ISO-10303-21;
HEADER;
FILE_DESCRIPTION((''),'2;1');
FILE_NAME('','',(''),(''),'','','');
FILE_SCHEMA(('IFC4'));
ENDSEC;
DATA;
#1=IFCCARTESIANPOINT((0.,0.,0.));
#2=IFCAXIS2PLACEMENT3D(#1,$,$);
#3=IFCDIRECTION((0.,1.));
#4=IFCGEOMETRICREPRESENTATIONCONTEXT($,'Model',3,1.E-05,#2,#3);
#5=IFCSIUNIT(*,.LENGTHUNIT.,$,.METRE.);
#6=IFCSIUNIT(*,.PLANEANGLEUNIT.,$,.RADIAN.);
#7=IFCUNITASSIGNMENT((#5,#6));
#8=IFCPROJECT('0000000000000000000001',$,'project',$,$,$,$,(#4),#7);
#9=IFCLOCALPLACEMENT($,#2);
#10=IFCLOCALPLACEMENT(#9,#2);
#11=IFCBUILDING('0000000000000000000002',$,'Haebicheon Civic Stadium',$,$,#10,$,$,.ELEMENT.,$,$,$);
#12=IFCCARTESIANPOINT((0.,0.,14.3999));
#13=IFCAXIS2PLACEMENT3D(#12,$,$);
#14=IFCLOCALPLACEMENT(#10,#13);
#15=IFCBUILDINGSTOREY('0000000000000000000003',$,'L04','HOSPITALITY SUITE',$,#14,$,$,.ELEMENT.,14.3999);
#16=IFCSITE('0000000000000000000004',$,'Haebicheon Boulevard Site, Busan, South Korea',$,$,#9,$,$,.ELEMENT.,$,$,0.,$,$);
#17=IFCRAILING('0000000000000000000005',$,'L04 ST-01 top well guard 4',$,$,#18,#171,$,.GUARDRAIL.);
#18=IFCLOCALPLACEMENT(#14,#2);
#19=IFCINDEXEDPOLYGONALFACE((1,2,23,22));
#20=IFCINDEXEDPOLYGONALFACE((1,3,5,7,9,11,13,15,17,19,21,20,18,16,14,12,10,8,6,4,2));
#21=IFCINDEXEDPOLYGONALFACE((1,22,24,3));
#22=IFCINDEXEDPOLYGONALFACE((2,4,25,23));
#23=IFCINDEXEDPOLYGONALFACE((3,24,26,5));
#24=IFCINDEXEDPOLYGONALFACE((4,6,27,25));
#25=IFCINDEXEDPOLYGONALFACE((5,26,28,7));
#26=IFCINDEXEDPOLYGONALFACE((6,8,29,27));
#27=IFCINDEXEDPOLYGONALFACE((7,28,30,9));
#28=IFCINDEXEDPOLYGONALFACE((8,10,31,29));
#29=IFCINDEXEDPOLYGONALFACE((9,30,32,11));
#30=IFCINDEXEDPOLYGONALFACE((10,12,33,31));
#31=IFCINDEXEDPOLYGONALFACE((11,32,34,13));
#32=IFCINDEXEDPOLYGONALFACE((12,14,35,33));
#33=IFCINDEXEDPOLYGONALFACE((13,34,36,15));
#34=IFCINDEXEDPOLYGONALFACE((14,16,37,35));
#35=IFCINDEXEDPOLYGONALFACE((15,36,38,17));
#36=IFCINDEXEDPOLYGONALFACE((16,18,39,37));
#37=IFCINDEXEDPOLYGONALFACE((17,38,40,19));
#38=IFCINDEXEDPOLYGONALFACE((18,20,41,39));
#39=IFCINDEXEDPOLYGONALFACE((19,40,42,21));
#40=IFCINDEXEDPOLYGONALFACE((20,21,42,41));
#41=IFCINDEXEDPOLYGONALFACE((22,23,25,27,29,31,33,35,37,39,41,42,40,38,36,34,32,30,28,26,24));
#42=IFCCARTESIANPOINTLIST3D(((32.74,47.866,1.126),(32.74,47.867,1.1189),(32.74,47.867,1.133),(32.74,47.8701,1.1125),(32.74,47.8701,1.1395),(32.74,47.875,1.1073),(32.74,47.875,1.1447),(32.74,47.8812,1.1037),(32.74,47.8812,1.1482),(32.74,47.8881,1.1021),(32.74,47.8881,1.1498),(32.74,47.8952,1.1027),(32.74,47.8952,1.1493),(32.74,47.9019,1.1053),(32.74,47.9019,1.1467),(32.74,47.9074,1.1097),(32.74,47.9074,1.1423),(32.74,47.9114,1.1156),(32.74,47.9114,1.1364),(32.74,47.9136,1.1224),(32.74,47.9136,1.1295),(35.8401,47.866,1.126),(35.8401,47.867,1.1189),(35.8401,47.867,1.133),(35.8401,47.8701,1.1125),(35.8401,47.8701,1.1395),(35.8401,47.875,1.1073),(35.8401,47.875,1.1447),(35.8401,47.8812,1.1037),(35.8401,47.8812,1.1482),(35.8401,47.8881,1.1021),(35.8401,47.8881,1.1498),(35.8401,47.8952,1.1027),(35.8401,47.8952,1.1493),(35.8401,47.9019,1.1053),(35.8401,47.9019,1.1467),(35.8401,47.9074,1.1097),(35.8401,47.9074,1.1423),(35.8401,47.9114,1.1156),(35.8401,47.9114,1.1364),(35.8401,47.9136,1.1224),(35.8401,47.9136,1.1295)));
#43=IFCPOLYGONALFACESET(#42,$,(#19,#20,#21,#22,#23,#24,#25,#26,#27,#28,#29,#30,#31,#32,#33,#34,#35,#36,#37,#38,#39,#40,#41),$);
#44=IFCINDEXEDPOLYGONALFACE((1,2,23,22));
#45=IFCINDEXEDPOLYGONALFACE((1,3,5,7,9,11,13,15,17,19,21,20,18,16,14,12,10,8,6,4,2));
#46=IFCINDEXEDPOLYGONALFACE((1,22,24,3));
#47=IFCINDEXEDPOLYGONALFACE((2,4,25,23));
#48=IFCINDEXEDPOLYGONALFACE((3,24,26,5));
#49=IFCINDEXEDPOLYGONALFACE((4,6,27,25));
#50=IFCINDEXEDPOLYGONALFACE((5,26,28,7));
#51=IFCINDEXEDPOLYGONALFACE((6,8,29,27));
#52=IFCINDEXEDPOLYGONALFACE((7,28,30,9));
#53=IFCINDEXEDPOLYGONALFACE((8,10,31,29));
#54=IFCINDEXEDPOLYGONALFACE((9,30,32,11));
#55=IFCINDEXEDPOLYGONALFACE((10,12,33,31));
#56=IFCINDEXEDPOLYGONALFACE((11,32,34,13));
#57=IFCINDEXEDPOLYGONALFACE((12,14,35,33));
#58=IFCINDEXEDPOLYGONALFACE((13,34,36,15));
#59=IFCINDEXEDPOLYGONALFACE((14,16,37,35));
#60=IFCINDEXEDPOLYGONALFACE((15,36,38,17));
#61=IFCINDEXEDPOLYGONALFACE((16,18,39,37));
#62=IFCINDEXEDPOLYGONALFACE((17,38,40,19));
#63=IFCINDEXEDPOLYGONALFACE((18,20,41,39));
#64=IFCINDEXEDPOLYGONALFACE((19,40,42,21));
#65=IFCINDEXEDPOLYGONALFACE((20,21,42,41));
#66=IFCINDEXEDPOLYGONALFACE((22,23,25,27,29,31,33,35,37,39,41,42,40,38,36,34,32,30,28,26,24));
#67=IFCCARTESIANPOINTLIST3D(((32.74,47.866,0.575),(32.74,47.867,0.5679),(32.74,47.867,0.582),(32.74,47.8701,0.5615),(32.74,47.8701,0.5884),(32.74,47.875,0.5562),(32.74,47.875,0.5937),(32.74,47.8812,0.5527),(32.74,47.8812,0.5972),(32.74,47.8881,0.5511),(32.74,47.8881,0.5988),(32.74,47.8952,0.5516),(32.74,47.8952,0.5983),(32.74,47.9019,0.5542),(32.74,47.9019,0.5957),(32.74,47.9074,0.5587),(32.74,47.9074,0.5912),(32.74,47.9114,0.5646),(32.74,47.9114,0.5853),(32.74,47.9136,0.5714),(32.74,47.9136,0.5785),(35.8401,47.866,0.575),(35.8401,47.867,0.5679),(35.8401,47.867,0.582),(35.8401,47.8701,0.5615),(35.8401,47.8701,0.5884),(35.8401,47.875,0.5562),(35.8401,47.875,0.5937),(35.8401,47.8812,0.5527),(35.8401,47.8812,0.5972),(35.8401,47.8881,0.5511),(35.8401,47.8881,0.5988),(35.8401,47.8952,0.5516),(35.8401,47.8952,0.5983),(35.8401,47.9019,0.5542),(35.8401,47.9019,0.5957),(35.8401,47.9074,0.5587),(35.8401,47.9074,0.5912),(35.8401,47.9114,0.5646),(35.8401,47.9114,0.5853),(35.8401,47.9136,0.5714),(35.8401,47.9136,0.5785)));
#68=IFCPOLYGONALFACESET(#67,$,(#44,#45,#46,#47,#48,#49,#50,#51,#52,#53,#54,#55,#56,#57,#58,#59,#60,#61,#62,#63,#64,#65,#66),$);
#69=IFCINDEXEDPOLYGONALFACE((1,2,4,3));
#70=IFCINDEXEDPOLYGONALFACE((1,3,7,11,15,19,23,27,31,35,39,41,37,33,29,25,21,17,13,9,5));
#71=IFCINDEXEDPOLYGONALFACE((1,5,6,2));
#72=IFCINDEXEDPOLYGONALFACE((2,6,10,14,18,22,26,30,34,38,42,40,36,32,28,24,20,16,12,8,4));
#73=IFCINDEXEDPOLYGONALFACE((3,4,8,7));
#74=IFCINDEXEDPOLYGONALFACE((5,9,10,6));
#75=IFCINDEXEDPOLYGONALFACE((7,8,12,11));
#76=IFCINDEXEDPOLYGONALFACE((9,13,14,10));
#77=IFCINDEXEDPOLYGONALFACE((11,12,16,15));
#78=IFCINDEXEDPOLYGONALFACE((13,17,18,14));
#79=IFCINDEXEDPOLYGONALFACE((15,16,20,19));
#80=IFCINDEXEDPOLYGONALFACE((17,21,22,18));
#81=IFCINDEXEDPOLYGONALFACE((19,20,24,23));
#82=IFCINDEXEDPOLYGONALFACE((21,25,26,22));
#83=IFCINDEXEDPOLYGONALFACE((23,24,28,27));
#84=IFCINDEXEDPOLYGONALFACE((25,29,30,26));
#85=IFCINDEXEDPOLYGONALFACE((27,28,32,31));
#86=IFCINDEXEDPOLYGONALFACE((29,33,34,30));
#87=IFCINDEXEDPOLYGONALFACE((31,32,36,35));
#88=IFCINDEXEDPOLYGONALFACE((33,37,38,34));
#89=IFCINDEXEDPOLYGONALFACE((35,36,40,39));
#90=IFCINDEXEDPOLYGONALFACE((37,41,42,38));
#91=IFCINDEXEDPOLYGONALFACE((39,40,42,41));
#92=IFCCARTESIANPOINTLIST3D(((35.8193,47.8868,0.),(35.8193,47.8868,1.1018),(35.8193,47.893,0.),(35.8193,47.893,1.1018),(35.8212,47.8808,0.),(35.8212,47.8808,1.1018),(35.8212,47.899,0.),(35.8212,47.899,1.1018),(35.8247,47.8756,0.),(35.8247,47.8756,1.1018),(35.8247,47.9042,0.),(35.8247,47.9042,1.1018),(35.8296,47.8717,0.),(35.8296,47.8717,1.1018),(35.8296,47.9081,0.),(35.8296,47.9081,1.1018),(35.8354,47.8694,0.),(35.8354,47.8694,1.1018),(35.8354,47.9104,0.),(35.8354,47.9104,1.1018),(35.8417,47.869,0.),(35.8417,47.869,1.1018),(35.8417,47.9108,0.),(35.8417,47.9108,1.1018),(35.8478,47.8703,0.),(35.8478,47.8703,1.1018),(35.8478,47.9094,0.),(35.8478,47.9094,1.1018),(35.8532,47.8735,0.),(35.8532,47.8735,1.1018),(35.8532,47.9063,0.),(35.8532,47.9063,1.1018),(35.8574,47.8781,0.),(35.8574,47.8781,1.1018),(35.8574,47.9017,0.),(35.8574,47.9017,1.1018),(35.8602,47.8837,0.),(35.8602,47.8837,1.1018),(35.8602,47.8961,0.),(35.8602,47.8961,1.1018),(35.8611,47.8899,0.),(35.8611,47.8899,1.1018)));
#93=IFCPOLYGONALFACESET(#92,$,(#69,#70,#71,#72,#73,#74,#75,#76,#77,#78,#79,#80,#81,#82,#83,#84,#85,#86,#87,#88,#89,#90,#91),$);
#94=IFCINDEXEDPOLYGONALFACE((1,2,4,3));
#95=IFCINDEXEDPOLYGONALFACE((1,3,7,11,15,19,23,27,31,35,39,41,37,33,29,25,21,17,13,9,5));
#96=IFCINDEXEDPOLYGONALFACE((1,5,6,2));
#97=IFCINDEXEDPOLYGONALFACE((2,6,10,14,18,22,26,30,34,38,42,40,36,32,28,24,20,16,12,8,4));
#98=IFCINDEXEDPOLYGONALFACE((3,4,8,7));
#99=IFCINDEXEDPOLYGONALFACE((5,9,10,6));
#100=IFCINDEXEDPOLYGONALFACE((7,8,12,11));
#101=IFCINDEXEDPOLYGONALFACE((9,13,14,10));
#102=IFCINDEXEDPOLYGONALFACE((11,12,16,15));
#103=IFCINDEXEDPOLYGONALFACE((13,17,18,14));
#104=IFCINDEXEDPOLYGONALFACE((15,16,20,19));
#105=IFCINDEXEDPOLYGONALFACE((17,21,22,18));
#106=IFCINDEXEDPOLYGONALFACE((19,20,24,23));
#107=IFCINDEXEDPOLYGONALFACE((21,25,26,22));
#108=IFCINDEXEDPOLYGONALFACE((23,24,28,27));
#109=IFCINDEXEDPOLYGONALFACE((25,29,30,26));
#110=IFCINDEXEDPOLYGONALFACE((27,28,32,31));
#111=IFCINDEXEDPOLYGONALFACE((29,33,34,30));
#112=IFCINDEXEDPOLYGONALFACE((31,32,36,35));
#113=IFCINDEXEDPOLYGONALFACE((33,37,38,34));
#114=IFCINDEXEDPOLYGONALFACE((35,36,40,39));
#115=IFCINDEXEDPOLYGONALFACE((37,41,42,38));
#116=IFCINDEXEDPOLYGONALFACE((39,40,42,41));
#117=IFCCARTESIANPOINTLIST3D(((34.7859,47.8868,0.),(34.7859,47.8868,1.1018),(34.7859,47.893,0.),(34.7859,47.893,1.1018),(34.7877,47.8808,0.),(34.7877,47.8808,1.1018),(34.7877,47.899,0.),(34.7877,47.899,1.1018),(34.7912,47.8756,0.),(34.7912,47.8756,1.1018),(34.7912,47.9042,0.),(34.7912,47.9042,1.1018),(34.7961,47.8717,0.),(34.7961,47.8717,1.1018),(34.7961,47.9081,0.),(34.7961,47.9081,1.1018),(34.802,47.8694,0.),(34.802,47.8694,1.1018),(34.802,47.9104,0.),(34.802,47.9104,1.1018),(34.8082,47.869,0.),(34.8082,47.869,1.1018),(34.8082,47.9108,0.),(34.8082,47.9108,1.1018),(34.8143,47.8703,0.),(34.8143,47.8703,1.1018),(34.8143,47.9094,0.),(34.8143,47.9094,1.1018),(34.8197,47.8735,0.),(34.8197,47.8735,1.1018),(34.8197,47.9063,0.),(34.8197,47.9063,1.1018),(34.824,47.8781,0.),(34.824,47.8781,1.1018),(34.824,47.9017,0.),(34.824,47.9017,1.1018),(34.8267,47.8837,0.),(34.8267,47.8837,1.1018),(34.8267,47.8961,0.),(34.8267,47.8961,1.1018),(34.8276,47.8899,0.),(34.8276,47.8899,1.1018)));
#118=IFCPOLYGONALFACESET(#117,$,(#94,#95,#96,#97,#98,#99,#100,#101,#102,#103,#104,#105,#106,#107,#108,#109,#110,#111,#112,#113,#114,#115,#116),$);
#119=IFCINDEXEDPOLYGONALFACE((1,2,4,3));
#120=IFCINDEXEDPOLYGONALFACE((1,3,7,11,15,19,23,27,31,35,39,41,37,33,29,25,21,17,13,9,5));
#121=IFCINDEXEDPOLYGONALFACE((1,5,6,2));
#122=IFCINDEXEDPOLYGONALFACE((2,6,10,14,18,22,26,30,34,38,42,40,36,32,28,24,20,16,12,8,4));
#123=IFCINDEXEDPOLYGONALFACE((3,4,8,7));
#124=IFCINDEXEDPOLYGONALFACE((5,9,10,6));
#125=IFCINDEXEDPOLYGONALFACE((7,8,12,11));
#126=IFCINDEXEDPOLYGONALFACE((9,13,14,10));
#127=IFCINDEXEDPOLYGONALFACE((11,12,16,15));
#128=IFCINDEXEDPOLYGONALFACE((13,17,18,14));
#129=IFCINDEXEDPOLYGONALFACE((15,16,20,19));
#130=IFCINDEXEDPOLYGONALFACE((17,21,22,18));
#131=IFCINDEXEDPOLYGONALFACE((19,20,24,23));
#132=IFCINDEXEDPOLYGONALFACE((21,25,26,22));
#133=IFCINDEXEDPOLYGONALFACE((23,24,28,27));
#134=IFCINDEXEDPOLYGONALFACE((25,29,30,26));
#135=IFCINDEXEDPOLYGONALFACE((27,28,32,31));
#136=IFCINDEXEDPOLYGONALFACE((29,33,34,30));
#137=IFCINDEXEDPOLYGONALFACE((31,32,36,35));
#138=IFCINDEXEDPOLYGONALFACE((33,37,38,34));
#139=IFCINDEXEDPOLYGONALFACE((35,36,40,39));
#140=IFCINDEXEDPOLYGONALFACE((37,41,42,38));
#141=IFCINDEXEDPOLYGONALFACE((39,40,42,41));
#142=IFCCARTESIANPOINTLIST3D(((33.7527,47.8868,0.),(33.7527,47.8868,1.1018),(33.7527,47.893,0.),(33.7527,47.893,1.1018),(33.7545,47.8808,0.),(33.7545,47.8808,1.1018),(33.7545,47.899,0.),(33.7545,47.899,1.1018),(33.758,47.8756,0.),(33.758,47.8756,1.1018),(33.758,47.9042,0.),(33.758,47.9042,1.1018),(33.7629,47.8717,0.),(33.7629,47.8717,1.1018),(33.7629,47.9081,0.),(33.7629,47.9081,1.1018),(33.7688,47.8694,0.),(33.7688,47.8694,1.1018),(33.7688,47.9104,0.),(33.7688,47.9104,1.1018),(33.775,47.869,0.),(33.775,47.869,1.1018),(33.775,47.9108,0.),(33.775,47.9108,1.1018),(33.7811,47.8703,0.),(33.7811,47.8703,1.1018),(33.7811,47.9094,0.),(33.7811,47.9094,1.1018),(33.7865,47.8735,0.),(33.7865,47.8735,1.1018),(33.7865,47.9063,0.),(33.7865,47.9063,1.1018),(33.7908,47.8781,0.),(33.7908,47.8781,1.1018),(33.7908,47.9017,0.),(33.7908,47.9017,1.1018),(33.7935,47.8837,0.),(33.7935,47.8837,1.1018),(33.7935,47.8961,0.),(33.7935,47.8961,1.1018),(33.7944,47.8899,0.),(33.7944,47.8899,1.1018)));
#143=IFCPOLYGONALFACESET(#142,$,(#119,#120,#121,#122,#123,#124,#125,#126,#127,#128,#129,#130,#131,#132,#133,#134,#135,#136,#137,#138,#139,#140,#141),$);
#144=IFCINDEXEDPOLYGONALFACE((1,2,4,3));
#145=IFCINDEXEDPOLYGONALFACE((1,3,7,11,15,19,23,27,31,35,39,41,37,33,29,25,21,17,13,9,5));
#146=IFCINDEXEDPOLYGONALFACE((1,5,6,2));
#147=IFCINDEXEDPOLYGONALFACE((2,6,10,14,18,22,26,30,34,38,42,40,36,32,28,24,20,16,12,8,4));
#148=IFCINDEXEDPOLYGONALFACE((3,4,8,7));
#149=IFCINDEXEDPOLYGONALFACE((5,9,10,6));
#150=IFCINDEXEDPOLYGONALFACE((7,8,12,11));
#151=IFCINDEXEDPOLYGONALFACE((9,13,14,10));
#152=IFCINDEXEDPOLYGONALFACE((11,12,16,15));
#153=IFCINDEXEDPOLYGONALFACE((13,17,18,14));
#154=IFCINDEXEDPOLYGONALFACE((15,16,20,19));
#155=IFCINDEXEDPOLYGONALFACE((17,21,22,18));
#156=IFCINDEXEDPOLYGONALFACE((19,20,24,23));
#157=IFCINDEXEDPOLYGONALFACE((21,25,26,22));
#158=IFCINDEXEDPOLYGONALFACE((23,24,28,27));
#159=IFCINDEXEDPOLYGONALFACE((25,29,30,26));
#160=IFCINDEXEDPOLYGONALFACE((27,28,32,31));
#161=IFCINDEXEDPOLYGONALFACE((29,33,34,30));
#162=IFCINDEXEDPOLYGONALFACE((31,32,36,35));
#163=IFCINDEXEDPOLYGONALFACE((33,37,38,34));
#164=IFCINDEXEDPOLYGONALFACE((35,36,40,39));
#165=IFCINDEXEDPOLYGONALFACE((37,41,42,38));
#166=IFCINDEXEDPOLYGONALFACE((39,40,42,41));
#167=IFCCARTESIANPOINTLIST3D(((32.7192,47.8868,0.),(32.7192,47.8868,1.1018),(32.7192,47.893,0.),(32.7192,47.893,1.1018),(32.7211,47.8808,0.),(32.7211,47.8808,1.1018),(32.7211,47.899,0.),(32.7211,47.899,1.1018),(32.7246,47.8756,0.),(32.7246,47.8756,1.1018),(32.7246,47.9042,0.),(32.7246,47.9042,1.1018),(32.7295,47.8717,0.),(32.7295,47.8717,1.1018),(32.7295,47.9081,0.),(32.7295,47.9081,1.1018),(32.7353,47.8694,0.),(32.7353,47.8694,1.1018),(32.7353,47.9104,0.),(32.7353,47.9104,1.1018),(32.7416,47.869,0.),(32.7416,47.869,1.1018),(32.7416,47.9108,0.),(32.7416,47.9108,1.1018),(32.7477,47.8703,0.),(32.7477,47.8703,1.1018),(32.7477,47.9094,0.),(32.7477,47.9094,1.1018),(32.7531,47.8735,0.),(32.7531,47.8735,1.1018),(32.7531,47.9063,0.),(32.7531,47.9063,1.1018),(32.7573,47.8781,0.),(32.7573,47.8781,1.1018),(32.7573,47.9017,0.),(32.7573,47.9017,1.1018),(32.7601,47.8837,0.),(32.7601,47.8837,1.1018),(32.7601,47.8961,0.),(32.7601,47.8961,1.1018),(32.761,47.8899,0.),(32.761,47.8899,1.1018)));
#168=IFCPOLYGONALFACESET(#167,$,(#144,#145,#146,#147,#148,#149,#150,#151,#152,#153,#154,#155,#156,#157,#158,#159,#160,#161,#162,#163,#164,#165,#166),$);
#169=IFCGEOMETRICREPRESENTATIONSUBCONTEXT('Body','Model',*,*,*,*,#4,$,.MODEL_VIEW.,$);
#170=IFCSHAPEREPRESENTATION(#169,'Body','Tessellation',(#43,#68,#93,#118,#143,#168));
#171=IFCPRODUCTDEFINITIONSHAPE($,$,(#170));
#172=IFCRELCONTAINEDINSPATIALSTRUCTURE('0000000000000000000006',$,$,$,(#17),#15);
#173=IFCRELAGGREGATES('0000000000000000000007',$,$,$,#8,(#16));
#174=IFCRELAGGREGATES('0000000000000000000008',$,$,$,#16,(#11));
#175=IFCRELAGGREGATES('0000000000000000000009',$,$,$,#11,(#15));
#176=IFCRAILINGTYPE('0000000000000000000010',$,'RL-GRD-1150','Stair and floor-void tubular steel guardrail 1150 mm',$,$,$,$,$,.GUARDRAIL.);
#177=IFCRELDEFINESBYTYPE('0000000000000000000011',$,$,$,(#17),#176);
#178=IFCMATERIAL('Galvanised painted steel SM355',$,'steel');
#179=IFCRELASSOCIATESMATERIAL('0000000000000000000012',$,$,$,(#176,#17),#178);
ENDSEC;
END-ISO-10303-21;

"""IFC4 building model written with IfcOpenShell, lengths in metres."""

from ifc_helpers import new_model, si_unit, direction, frame, origin, origin_2d, place, context, subcontext, project, spatial, circle, extrude, material, type_object, element, save


model = new_model("IFC4")

# Units and contexts
model_context = context("Model", 3, precision=1e-05, world=origin(), true_north=direction((0.0, 1.0)))
body_context = subcontext(model_context, "Body", "Model", "MODEL_VIEW")
ifc_project = project(units=[si_unit("LENGTHUNIT", "METRE"), si_unit("PLANEANGLEUNIT", "RADIAN")], contexts=[model_context])

# Site, building, storey
site_placement = place(None, origin())
site = spatial("IfcSite", under=ifc_project, at=site_placement, Name="Haebicheon Boulevard Site, Busan, South Korea", CompositionType="ELEMENT", RefElevation=0.0)
building_placement = place(site_placement, origin())
building = spatial("IfcBuilding", under=site, at=building_placement, Name="Haebicheon Civic Stadium", CompositionType="ELEMENT")
storey_placement = place(building_placement, frame((0.0, 0.0, 14.3999)))
storey = spatial("IfcBuildingStorey", under=building, at=storey_placement, Name="L04", Description="HOSPITALITY SUITE", CompositionType="ELEMENT", Elevation=14.3999)

# Railing
ifc_material_1 = material(Name="Galvanised painted steel SM355", Category="steel")
railing_type = type_object("IfcRailingType", Name="RL-GRD-1150", Description="Stair and floor-void tubular steel guardrail 1150 mm", PredefinedType="GUARDRAIL", material=ifc_material_1)
railing_1_placement = place(storey_placement, frame((35.8401, 47.8899, 0.0)))
element("IfcRailing", 1, at=railing_1_placement, inside=storey, type_object=railing_type, material=ifc_material_1, Name="L04 ST-01 top well guard 4", PredefinedType="GUARDRAIL", context=body_context, shape_type="SweptSolid", body=[
    extrude(circle(Radius=0.0239, at=origin_2d()), frame((0.0, 0.0, 1.126), z_axis=(-1.0, 0.0, 0.0), x_axis=(0.0, -1.0, 0.0)), (0.0, 0.0, 1.0), 3.1001),
    extrude(circle(Radius=0.0239, at=origin_2d()), frame((0.0, 0.0, 0.575), z_axis=(-1.0, 0.0, 0.0), x_axis=(0.0, -1.0, 0.0)), (0.0, 0.0, 1.0), 3.1001),
    extrude(circle(Radius=0.021, at=origin_2d()), origin(), (0.0, 0.0, 1.0), 1.1018),
    extrude(circle(Radius=0.021, at=origin_2d()), frame((-1.0334, 0.0, 0.0)), (0.0, 0.0, 1.0), 1.1018),
    extrude(circle(Radius=0.021, at=origin_2d()), frame((-2.0667, 0.0, 0.0)), (0.0, 0.0, 1.0), 1.1018),
    extrude(circle(Radius=0.021, at=origin_2d()), frame((-3.1001, 0.0, 0.0)), (0.0, 0.0, 1.0), 1.1018),
])

save(model, "model.ifc")
